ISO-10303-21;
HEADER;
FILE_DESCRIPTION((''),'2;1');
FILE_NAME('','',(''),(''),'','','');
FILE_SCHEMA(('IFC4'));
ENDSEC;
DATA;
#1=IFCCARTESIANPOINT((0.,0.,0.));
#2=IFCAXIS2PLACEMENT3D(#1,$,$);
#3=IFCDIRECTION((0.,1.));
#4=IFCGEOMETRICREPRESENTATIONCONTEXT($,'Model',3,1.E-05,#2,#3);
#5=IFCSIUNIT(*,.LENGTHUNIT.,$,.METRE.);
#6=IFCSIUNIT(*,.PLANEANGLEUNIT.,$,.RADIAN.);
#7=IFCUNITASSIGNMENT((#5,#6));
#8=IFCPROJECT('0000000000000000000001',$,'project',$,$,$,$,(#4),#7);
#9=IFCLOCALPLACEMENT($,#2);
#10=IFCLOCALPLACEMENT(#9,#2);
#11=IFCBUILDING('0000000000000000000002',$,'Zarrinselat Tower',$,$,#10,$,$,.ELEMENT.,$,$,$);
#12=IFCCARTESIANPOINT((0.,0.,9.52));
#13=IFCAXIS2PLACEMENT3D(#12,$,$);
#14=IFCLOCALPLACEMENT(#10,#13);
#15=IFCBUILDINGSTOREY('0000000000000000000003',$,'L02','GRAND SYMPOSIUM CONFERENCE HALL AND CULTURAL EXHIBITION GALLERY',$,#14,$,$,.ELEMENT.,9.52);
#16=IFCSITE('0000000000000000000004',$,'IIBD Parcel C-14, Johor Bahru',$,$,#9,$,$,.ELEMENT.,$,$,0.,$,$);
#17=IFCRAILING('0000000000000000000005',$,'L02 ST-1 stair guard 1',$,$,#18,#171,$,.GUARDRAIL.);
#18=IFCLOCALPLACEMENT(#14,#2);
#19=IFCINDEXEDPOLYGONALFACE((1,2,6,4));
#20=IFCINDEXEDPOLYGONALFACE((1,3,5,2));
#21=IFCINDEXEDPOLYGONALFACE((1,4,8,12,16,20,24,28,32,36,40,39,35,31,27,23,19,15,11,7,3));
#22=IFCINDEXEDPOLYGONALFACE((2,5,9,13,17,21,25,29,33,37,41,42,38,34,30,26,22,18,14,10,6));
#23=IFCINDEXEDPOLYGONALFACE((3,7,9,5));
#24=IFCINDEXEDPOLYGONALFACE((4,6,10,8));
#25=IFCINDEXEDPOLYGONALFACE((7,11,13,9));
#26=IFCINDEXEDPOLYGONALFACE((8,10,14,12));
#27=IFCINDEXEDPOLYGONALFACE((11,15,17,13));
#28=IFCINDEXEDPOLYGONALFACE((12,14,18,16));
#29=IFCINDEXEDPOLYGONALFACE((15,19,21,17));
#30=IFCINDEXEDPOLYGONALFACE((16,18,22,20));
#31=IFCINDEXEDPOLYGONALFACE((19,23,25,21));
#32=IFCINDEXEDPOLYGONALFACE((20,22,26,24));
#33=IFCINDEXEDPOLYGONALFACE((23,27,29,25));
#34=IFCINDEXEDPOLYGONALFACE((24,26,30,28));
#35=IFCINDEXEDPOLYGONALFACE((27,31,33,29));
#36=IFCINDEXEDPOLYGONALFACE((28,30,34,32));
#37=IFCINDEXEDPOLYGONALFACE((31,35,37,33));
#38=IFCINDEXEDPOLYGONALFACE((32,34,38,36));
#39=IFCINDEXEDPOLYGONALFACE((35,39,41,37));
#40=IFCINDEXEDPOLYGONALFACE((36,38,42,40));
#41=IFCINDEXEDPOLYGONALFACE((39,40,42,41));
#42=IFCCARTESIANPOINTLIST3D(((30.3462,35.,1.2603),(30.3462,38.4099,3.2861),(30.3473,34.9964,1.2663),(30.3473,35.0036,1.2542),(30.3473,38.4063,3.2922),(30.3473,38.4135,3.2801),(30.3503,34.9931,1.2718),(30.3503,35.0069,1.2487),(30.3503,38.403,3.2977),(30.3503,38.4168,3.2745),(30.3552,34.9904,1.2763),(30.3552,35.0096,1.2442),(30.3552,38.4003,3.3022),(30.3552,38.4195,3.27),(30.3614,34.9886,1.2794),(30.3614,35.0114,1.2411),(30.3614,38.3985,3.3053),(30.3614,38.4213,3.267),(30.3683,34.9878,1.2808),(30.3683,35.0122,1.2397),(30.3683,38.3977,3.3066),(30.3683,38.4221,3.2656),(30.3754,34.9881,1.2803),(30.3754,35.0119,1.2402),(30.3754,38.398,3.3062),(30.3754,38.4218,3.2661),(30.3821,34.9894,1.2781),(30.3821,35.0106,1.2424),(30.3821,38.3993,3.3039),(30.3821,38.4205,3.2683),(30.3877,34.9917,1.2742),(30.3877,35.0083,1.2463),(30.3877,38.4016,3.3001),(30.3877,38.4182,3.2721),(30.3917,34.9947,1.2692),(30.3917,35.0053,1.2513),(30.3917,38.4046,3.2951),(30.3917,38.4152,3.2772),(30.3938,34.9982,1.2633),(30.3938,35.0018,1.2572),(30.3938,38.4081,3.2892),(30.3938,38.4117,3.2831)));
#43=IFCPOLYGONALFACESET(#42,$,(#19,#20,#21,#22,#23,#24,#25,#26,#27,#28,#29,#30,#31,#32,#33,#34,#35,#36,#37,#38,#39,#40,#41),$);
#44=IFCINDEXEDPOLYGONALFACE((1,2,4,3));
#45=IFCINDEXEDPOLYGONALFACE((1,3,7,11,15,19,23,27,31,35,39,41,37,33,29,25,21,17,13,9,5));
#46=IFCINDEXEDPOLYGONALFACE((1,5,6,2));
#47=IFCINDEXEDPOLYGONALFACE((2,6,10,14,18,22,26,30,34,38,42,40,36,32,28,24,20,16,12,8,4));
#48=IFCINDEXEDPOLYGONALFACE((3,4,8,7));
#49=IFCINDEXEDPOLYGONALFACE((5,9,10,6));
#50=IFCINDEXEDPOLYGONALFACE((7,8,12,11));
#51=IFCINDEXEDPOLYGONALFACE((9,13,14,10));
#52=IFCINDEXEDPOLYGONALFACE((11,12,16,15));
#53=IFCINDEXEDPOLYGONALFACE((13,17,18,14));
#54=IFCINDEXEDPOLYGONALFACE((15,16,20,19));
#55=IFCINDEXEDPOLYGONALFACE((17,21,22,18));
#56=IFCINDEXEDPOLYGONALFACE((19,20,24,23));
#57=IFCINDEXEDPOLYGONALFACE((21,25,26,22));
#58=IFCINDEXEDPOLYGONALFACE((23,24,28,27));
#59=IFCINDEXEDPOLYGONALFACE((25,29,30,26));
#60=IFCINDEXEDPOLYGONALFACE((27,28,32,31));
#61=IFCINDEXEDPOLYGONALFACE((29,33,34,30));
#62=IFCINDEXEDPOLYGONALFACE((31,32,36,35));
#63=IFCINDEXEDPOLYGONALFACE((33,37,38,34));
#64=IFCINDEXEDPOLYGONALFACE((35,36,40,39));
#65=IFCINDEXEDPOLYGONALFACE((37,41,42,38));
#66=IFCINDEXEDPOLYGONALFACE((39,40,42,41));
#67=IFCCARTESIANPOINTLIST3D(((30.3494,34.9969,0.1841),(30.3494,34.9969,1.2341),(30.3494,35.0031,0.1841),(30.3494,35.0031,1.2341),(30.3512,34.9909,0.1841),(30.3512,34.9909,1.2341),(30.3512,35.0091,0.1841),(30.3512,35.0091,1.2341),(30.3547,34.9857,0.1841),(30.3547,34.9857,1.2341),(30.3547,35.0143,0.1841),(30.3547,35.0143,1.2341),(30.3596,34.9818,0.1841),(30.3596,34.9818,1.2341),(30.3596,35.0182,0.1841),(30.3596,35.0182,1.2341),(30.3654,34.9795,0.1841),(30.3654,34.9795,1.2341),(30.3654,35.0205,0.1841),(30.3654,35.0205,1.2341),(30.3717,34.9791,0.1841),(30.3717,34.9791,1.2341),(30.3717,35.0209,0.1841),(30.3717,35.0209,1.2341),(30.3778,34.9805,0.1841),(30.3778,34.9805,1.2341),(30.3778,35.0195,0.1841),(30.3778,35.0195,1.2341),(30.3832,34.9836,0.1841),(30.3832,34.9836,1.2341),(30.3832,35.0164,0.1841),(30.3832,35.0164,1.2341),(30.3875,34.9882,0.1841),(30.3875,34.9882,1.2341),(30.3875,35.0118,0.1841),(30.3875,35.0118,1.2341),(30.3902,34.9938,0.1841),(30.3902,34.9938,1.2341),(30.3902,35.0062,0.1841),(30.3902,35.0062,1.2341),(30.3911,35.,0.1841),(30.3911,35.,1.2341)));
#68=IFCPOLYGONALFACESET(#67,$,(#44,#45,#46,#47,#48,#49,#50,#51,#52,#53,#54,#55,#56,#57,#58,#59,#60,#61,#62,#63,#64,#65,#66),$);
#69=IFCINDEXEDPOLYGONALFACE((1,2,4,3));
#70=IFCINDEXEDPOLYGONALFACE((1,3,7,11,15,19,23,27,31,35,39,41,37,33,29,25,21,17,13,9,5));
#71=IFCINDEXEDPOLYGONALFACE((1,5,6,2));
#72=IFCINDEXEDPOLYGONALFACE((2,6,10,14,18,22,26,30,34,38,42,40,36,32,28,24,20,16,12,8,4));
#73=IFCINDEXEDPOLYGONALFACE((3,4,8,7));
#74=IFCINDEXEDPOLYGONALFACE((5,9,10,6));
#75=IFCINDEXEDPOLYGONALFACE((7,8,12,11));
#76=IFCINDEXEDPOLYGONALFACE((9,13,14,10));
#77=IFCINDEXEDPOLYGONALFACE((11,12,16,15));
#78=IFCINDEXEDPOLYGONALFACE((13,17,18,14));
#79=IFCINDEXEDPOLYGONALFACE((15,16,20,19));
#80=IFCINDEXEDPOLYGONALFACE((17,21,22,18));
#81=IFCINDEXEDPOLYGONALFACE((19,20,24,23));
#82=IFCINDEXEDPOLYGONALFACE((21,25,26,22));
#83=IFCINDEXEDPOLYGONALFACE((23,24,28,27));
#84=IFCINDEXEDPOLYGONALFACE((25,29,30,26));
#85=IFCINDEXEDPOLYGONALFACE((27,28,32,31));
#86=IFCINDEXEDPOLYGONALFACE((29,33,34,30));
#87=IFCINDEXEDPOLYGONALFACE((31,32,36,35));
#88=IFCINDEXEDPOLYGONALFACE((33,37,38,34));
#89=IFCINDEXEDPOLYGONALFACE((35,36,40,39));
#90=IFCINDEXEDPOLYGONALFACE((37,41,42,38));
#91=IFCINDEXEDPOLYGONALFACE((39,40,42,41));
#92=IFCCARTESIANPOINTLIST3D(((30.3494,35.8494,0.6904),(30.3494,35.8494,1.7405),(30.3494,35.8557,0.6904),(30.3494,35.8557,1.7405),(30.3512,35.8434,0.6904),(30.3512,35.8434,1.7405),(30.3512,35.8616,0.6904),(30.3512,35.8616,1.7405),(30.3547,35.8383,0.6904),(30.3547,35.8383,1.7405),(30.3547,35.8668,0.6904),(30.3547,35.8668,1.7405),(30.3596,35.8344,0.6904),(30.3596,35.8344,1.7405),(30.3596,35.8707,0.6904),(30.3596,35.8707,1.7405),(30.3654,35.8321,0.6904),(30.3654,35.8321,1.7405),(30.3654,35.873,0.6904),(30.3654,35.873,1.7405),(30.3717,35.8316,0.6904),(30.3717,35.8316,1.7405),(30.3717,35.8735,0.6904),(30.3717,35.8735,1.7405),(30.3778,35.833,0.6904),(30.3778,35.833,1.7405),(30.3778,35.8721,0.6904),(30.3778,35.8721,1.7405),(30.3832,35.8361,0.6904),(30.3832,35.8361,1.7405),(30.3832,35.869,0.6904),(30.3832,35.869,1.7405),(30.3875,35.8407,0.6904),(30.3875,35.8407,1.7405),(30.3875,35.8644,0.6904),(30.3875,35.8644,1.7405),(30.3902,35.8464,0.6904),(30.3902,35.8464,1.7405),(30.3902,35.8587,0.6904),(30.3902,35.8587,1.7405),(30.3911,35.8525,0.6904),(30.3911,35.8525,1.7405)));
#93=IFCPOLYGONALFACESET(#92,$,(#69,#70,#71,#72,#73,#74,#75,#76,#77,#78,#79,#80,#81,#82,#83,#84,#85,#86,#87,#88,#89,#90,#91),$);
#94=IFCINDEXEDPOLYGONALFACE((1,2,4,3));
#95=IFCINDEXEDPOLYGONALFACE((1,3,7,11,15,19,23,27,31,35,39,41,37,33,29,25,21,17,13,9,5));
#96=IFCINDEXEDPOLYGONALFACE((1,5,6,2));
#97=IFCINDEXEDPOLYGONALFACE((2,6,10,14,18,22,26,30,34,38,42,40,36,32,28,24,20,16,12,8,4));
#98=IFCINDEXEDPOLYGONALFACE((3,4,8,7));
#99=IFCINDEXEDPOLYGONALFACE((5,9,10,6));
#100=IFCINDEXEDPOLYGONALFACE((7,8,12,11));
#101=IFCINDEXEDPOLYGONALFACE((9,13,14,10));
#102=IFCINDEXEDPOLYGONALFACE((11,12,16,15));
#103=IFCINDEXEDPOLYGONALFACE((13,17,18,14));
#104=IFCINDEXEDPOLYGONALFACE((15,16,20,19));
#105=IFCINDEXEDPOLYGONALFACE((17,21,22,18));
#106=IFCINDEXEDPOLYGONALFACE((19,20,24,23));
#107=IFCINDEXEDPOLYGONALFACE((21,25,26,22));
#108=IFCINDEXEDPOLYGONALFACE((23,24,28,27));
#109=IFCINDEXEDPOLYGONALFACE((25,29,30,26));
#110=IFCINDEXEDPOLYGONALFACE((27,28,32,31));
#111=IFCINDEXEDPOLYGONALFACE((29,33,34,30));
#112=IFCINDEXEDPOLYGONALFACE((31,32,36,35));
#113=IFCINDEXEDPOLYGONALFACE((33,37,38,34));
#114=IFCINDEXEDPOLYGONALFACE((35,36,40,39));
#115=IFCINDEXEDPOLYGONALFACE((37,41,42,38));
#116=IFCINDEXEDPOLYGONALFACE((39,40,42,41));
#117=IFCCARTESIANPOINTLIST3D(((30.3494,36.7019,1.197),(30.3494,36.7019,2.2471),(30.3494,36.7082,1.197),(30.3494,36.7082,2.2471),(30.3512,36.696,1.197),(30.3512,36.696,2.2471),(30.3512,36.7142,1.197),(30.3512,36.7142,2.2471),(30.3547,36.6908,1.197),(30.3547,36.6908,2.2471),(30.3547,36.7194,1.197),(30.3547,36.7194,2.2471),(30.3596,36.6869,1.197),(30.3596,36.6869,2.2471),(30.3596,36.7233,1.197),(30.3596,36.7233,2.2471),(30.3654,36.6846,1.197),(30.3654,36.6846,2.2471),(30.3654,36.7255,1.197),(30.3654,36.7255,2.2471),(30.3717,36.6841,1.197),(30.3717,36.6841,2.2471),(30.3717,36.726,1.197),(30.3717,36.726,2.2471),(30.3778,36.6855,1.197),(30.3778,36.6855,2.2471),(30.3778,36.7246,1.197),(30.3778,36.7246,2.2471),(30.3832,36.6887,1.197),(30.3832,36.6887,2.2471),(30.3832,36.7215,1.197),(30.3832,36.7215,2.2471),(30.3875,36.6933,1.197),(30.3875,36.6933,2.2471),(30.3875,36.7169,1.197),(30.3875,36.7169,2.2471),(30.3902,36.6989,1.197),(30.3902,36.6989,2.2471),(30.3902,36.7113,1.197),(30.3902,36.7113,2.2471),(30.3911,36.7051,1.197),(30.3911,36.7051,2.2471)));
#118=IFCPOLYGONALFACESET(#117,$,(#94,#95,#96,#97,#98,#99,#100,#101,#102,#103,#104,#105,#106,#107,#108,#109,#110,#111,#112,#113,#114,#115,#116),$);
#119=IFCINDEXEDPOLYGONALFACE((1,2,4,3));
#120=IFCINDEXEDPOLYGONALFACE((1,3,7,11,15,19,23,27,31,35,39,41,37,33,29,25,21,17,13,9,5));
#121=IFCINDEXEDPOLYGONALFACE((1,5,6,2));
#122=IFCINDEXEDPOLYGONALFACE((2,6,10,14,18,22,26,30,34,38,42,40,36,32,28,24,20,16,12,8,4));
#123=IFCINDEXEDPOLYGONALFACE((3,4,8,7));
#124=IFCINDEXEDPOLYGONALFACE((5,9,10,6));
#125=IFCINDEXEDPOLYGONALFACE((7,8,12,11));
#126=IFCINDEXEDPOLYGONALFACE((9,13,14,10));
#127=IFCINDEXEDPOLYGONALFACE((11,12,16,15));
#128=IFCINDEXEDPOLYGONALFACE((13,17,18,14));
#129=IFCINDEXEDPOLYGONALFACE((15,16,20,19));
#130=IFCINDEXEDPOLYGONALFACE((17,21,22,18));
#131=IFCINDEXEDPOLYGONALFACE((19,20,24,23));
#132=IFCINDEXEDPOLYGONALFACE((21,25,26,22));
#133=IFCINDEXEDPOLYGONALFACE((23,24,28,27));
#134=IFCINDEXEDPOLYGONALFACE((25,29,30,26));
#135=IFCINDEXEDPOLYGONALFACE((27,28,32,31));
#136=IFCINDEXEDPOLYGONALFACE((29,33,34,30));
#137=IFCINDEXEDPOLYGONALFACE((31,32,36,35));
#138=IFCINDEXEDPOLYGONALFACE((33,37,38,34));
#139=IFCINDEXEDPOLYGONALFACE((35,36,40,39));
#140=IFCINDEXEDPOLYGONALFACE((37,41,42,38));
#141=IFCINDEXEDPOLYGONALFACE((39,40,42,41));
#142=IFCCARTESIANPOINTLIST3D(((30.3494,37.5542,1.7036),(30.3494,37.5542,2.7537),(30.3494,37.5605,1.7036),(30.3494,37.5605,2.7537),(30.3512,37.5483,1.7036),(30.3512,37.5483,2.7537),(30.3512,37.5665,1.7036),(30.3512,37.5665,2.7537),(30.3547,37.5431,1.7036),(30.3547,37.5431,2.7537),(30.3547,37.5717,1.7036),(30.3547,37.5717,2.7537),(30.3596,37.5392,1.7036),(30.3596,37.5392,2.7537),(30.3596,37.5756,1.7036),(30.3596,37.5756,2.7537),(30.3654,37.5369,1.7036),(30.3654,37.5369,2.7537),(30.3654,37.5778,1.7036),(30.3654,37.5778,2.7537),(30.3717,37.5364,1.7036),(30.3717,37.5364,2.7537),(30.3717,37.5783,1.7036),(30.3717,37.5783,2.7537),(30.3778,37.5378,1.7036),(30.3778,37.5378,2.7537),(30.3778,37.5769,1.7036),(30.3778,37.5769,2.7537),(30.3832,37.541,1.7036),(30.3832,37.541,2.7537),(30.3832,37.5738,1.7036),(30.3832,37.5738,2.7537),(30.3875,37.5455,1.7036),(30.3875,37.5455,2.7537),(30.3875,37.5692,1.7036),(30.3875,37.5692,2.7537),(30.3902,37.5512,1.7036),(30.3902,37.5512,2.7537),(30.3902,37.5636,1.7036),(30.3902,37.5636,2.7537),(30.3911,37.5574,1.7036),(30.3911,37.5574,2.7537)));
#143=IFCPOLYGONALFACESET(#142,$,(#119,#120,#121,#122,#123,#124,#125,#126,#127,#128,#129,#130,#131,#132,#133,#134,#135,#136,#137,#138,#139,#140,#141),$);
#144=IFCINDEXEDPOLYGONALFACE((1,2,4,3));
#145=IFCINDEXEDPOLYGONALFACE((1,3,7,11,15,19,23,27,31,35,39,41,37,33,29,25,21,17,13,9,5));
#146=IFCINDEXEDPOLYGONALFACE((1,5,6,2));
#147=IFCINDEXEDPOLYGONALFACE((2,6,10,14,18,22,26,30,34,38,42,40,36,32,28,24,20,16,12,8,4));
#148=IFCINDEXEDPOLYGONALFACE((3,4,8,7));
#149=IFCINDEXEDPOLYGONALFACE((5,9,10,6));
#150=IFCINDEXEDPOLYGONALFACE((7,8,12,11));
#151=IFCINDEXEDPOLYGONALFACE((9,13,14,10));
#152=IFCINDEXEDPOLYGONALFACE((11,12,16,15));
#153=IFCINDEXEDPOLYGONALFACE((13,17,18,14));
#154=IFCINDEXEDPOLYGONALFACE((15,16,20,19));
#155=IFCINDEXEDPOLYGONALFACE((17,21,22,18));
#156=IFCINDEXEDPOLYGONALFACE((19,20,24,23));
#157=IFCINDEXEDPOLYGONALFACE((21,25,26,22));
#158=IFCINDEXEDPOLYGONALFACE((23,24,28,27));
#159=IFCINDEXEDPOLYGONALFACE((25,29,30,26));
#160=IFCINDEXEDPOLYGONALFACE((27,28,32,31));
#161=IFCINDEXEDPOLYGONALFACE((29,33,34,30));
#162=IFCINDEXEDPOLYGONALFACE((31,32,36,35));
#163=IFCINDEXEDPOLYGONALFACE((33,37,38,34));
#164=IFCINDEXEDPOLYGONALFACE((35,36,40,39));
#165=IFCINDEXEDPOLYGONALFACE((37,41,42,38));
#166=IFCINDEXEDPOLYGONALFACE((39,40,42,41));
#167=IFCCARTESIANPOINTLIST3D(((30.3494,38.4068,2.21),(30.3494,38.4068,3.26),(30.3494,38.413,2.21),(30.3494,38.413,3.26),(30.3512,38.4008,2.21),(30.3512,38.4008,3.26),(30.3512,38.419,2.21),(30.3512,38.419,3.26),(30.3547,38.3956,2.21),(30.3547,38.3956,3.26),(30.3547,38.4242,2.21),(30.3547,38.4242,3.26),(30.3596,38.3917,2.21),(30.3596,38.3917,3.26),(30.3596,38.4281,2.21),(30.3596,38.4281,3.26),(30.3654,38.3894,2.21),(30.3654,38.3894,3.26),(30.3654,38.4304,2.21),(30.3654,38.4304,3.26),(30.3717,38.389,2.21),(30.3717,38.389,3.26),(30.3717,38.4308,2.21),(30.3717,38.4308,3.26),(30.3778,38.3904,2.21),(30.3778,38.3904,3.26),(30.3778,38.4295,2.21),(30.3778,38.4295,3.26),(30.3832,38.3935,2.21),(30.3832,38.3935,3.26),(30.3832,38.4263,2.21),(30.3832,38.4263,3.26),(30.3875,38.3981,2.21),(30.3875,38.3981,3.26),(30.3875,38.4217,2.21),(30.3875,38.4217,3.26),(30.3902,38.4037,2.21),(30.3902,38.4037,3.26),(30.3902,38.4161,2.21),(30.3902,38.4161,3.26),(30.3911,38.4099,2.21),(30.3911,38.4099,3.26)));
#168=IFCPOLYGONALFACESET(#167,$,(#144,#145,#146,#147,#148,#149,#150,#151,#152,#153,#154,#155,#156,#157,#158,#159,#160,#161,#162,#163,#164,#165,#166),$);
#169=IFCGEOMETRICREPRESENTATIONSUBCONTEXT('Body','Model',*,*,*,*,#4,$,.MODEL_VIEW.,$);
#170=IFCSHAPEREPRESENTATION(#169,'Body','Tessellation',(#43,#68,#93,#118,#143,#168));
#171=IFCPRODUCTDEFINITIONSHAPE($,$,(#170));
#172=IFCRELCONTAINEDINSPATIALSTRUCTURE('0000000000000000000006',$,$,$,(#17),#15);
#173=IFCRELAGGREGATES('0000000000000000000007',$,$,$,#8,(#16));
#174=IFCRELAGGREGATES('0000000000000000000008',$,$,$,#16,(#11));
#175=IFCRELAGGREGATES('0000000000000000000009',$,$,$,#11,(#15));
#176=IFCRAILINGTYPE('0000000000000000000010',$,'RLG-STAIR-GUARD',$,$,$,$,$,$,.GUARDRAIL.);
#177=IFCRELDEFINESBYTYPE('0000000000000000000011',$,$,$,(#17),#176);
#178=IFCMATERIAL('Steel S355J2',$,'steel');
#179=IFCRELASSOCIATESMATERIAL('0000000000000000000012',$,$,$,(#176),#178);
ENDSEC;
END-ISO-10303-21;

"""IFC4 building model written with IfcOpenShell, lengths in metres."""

from ifc_helpers import new_model, si_unit, direction, frame, origin, origin_2d, place, context, subcontext, project, spatial, circle, extrude, material, type_object, element, save


model = new_model("IFC4")

# Units and contexts
model_context = context("Model", 3, precision=1e-05, world=origin(), true_north=direction((0.0, 1.0)))
body_context = subcontext(model_context, "Body", "Model", "MODEL_VIEW")
ifc_project = project(units=[si_unit("LENGTHUNIT", "METRE"), si_unit("PLANEANGLEUNIT", "RADIAN")], contexts=[model_context])

# Site, building, storey
site_placement = place(None, origin())
site = spatial("IfcSite", under=ifc_project, at=site_placement, Name="IIBD Parcel C-14, Johor Bahru", CompositionType="ELEMENT", RefElevation=0.0)
building_placement = place(site_placement, origin())
building = spatial("IfcBuilding", under=site, at=building_placement, Name="Zarrinselat Tower", CompositionType="ELEMENT")
storey_placement = place(building_placement, frame((0.0, 0.0, 9.52)))
storey = spatial("IfcBuildingStorey", under=building, at=storey_placement, Name="L02", Description="GRAND SYMPOSIUM CONFERENCE HALL AND CULTURAL EXHIBITION GALLERY", CompositionType="ELEMENT", Elevation=9.52)

# Railing
ifc_material_1 = material(Name="Steel S355J2", Category="steel")
railing_type_1 = type_object("IfcRailingType", Name="RLG-STAIR-GUARD", PredefinedType="GUARDRAIL", material=ifc_material_1)
railing_1_placement = place(storey_placement, frame((30.3701, 35.0, 0.1841)))
element("IfcRailing", 1, at=railing_1_placement, inside=storey, type_object=railing_type_1, Name="L02 ST-1 stair guard 1", PredefinedType="GUARDRAIL", context=body_context, shape_type="SweptSolid", body=[
    extrude(circle(Radius=0.0239, at=origin_2d()), frame((0.0, 0.0, 1.0762), z_axis=(0.0, 0.859717, 0.510771), x_axis=(-1.0, 0.0, 0.0)), (0.0, 0.0, 1.0), 3.9663),
    extrude(circle(Radius=0.021, at=origin_2d()), origin(), (0.0, 0.0, 1.0), 1.05),
    extrude(circle(Radius=0.021, at=origin_2d()), frame((0.0, 0.8525, 0.5063)), (0.0, 0.0, 1.0), 1.05),
    extrude(circle(Radius=0.021, at=origin_2d()), frame((0.0, 1.7051, 1.0129)), (0.0, 0.0, 1.0), 1.05),
    extrude(circle(Radius=0.021, at=origin_2d()), frame((0.0, 2.5574, 1.5195)), (0.0, 0.0, 1.0), 1.05),
    extrude(circle(Radius=0.021, at=origin_2d()), frame((0.0, 3.4099, 2.0259)), (0.0, 0.0, 1.0), 1.05),
])

save(model, "model.ifc")
